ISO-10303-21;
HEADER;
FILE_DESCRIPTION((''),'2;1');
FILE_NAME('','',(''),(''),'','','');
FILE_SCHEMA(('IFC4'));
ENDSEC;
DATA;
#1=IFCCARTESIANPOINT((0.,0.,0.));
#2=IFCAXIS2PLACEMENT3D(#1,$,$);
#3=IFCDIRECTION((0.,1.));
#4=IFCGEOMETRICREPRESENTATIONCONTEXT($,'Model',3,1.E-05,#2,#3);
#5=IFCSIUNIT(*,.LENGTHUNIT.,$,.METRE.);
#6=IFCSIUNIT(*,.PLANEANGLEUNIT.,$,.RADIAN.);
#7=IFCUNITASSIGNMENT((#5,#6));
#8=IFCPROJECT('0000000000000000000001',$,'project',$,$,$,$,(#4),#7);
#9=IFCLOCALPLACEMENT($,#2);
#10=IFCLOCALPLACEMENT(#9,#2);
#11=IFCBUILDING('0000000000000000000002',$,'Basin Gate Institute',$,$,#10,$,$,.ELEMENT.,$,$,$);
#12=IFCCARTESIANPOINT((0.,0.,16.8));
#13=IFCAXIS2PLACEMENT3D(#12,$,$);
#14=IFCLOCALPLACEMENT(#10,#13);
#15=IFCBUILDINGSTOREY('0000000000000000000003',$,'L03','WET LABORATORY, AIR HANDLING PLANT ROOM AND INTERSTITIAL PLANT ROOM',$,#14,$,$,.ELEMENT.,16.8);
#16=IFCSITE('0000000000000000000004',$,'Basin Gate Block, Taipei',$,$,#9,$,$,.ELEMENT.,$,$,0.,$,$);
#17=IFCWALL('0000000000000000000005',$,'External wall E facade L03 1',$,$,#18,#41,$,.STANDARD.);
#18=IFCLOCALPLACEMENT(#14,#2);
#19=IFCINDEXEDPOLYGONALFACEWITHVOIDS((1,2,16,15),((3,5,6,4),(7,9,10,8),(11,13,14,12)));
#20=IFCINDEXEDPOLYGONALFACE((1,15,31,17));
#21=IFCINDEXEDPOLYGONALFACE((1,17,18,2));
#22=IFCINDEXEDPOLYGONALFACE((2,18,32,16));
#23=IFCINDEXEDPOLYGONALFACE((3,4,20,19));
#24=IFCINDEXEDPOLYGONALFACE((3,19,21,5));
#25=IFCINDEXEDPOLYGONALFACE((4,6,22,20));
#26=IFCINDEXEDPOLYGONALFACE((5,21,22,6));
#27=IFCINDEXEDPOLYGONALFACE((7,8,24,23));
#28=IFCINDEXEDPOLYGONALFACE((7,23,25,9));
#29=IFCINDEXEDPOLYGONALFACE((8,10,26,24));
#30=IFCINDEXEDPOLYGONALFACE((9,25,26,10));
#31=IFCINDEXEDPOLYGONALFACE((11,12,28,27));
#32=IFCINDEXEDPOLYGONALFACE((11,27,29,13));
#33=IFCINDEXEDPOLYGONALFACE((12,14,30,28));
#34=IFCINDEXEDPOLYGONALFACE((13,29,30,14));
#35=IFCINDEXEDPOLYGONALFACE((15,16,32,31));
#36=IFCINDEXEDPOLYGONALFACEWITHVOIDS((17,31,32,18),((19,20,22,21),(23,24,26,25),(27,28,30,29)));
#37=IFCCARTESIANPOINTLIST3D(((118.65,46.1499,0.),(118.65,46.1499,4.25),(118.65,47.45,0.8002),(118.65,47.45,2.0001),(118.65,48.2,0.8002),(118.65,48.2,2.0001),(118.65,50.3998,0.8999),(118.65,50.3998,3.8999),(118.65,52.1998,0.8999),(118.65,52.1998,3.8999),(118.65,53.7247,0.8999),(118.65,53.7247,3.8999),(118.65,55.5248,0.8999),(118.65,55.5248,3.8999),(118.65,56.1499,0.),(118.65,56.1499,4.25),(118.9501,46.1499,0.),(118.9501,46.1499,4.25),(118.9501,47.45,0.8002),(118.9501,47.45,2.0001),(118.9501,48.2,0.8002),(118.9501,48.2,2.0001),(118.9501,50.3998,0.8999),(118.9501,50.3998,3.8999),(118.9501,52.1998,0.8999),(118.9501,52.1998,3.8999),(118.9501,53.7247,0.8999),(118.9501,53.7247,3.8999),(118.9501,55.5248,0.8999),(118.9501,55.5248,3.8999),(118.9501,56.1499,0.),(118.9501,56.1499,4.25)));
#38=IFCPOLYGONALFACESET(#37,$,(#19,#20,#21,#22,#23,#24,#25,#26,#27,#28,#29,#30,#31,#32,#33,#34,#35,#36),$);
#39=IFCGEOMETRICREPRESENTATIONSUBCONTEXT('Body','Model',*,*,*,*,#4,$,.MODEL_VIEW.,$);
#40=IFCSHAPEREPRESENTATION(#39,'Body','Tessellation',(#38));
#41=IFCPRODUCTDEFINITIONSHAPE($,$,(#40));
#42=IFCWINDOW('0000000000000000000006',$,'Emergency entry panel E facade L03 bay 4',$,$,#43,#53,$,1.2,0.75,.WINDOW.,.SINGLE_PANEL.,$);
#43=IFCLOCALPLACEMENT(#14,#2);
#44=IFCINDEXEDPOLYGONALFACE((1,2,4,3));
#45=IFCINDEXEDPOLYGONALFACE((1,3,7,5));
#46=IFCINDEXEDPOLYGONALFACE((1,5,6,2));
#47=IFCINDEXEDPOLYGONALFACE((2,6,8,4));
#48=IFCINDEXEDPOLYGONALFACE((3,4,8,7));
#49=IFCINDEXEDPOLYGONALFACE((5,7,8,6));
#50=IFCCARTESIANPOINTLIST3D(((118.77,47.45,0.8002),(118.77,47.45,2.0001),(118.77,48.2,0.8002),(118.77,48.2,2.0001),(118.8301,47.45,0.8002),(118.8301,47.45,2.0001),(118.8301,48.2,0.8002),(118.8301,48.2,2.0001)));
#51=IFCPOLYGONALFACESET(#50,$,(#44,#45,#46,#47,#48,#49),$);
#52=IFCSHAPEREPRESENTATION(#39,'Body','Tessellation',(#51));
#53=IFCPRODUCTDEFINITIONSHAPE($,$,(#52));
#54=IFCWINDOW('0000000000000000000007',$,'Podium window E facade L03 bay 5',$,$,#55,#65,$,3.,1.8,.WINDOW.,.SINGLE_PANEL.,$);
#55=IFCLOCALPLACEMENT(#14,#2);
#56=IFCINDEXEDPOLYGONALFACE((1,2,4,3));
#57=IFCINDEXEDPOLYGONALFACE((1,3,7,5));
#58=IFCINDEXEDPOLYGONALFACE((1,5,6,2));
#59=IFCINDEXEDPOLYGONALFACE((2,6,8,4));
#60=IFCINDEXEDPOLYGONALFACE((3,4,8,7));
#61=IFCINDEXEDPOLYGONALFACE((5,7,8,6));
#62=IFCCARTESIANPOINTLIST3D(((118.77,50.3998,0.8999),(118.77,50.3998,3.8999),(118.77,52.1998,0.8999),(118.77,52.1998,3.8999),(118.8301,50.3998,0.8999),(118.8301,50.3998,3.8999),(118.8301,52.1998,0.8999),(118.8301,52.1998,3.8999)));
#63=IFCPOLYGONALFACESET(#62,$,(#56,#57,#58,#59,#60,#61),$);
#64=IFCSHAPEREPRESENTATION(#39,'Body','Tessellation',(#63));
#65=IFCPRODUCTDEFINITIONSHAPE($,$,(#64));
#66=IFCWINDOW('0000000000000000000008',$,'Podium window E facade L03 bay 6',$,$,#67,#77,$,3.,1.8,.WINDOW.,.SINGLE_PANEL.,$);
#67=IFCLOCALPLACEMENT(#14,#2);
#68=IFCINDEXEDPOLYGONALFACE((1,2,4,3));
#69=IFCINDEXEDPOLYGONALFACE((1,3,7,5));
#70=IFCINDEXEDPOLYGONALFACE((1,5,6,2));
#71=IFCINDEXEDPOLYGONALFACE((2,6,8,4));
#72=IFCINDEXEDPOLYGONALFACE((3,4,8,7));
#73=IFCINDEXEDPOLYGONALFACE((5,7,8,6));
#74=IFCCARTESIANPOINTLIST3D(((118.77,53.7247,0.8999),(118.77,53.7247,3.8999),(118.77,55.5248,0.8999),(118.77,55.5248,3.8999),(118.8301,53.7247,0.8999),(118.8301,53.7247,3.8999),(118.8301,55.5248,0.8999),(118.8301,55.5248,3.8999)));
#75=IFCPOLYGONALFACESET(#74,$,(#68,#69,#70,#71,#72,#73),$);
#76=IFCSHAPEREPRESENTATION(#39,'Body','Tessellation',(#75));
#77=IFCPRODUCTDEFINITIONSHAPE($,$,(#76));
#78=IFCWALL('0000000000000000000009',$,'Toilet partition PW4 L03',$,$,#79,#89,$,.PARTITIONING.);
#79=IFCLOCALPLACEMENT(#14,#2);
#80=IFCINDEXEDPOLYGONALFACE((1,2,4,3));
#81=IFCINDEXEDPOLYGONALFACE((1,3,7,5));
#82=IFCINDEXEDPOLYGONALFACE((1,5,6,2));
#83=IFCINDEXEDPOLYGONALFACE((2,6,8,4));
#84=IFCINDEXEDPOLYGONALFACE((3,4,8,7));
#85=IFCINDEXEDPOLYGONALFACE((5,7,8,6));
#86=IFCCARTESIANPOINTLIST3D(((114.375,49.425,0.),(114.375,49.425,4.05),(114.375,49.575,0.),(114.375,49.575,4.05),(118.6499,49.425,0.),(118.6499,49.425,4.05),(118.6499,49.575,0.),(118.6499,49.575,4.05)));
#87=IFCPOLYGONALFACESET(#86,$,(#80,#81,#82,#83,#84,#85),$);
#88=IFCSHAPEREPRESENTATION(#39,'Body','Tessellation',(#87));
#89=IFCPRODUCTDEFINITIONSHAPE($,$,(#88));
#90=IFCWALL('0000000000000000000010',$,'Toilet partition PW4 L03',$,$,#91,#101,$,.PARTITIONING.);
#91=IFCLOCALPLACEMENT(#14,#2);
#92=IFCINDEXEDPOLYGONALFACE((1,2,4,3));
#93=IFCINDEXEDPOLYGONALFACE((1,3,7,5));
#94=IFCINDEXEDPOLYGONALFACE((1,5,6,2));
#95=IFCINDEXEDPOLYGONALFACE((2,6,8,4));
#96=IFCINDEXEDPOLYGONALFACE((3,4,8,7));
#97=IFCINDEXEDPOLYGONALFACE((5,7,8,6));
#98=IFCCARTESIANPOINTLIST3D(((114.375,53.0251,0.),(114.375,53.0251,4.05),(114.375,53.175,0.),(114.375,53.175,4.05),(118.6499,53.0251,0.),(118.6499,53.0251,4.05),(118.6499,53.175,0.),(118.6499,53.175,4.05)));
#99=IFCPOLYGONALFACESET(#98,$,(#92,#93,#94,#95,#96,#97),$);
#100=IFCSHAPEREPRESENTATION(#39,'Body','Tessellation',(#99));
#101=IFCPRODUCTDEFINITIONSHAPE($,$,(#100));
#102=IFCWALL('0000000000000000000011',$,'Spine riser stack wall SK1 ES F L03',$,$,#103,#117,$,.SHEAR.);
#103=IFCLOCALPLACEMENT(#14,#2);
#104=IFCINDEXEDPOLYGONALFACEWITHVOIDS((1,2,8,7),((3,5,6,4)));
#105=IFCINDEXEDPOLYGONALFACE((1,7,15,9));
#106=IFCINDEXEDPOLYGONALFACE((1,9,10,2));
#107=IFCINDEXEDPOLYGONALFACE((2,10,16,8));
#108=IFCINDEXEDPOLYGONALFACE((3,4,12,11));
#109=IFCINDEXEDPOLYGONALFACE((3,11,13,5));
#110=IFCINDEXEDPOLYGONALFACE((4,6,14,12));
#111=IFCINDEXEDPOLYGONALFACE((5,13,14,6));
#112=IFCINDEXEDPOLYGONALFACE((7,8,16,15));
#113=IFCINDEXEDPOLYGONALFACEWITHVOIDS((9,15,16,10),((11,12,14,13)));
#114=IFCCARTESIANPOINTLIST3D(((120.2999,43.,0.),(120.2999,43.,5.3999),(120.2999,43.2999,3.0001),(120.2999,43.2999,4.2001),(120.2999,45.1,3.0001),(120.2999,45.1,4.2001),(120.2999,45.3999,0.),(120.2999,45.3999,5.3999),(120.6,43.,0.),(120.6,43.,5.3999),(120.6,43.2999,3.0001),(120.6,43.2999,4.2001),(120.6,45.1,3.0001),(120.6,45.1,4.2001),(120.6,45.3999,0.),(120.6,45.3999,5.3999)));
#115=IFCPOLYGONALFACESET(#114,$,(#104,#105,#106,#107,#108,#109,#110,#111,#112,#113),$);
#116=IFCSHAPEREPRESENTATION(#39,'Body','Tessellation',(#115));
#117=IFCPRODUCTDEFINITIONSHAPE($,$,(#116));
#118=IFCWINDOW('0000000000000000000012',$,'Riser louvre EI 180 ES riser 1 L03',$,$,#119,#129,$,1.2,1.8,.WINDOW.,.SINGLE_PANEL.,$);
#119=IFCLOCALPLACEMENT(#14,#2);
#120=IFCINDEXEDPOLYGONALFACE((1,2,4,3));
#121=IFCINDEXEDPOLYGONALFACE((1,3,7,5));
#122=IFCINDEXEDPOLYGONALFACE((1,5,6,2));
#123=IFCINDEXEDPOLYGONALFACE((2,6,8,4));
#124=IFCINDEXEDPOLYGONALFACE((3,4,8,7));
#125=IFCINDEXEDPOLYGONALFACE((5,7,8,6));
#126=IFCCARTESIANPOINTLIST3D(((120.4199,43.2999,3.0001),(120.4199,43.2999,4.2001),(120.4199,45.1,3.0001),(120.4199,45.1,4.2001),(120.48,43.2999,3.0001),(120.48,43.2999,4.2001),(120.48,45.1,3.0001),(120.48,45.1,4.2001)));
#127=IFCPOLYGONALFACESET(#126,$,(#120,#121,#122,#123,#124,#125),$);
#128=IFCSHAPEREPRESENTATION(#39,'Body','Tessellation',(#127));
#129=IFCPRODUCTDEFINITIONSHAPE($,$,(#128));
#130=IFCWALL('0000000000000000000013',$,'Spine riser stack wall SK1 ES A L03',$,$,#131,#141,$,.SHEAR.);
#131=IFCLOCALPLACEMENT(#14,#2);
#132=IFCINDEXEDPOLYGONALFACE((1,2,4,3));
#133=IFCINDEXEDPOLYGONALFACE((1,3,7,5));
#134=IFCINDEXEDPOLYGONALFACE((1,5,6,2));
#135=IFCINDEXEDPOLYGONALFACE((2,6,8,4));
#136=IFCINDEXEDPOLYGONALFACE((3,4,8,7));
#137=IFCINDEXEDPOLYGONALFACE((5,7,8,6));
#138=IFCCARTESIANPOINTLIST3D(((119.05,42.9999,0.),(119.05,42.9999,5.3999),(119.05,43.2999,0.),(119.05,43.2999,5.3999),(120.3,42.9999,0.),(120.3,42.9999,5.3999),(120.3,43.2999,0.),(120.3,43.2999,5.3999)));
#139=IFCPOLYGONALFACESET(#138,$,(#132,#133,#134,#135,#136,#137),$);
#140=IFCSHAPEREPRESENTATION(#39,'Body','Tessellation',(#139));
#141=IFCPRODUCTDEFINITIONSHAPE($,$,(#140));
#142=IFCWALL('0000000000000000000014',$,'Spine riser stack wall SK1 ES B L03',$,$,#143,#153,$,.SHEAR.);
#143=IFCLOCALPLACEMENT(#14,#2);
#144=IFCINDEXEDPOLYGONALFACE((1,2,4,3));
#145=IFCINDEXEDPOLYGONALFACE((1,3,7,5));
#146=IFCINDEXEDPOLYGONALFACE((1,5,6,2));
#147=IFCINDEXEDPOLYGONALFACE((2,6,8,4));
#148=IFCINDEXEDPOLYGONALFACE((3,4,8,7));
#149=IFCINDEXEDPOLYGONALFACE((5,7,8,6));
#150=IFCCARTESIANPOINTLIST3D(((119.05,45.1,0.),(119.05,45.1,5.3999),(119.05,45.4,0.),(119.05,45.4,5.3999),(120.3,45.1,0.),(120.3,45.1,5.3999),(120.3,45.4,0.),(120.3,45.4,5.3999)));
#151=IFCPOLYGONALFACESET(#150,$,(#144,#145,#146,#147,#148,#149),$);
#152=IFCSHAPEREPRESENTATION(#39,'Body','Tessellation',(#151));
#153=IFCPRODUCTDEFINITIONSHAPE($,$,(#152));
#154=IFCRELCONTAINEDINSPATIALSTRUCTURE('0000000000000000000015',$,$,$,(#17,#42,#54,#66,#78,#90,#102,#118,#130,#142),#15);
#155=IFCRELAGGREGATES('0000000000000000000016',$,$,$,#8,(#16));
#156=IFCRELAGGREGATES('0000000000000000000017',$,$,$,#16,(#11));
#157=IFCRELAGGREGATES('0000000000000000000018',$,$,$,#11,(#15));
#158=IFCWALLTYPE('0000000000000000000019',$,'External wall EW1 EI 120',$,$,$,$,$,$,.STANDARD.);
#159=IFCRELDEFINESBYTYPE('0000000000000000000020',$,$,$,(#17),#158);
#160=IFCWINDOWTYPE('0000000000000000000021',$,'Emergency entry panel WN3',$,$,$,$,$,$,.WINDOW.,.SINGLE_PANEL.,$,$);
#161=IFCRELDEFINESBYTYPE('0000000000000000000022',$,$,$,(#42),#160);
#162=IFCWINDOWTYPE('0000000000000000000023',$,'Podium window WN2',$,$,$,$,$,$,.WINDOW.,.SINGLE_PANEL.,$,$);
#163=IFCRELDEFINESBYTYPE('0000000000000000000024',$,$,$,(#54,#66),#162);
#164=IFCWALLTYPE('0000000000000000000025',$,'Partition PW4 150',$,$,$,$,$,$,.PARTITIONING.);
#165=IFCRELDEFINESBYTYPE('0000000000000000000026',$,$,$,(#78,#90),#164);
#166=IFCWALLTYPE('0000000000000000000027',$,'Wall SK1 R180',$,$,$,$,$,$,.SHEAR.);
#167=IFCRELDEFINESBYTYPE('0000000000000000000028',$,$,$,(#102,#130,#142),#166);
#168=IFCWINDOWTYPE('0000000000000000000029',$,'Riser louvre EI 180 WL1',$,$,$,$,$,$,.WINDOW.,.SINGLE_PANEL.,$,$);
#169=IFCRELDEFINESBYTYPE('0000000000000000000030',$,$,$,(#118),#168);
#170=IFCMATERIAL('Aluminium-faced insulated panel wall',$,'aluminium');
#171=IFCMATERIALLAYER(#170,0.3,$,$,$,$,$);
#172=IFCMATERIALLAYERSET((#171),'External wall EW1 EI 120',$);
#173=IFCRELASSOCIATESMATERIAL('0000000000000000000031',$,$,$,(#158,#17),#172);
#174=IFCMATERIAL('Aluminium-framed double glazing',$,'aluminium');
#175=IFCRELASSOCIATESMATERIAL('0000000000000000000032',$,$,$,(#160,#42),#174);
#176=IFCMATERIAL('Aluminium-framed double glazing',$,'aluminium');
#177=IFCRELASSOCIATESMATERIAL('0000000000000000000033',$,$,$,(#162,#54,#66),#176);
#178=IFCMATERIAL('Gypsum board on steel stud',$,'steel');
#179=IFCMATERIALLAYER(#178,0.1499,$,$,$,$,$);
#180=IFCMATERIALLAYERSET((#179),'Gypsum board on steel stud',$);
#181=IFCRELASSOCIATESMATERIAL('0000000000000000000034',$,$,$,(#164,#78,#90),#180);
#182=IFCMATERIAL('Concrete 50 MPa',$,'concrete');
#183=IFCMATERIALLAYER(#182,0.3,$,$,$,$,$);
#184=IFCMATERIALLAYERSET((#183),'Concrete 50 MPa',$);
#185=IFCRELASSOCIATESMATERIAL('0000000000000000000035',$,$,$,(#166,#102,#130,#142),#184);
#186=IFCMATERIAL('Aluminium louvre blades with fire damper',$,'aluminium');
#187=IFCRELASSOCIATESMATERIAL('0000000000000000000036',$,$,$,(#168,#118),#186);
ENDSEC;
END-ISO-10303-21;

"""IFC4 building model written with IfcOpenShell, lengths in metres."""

from ifc_helpers import new_model, si_unit, direction, frame, frame_2d, origin, place, context, subcontext, project, spatial, rectangle, extrude, material, layer, layer_set, type_object, element, fill, save


model = new_model("IFC4")

# Units and contexts
model_context = context("Model", 3, precision=1e-05, world=origin(), true_north=direction((0.0, 1.0)))
body_context = subcontext(model_context, "Body", "Model", "MODEL_VIEW")
ifc_project = project(units=[si_unit("LENGTHUNIT", "METRE"), si_unit("PLANEANGLEUNIT", "RADIAN")], contexts=[model_context])

# Site, building, storey
site_placement = place(None, origin())
site = spatial("IfcSite", under=ifc_project, at=site_placement, Name="Basin Gate Block, Taipei", CompositionType="ELEMENT", RefElevation=0.0)
building_placement = place(site_placement, origin())
building = spatial("IfcBuilding", under=site, at=building_placement, Name="Basin Gate Institute", CompositionType="ELEMENT")
storey_placement = place(building_placement, frame((0.0, 0.0, 16.8)))
storey = spatial("IfcBuildingStorey", under=building, at=storey_placement, Name="L03", Description="WET LABORATORY, AIR HANDLING PLANT ROOM AND INTERSTITIAL PLANT ROOM", CompositionType="ELEMENT", Elevation=16.8)

# Wall, openings, windows
ifc_material_1 = material(Name="Aluminium-faced insulated panel wall", Category="aluminium")
ifc_layer_1 = layer(ifc_material_1, 0.3)
ifc_layer_set_1 = layer_set([ifc_layer_1], Name="External wall EW1 EI 120")
wall_type_1 = type_object("IfcWallType", Name="External wall EW1 EI 120", PredefinedType="STANDARD", material=ifc_layer_set_1)
wall_1_placement = place(storey_placement, frame((118.8, 46.1499, 0.0), z_axis=(0.0, 0.0, 1.0), x_axis=(0.0, 1.0, 0.0)))
wall_1 = element("IfcWall", 1, at=wall_1_placement, inside=storey, type_object=wall_type_1, material=ifc_layer_set_1, Name="External wall E facade L03 1", PredefinedType="STANDARD", context=body_context, shape_type="SweptSolid", body=[
    extrude(rectangle(XDim=10.0, YDim=0.3, at=frame_2d((5.0, 0.0))), origin(), (0.0, 0.0, 1.0), 4.25),
])
opening_1_placement = place(wall_1_placement, frame((1.3, 0.0, 0.8)))
opening_1 = element("IfcOpeningElement", 2, at=opening_1_placement, cuts=wall_1, PredefinedType="OPENING", context=body_context, shape_type="SweptSolid", body=[
    extrude(rectangle(XDim=0.75, YDim=1.2, at=frame_2d((0.375, 0.6001))), frame((0.0, 0.1602, 0.0), z_axis=(0.0, -1.0, 0.0), x_axis=(1.0, 0.0, 0.0)), (0.0, 0.0, 1.0), 0.3201),
])
opening_2_placement = place(wall_1_placement, frame((4.25, 0.0, 0.8999)))
opening_2 = element("IfcOpeningElement", 3, at=opening_2_placement, cuts=wall_1, PredefinedType="OPENING", context=body_context, shape_type="SweptSolid", body=[
    extrude(rectangle(XDim=1.8, YDim=3.0, at=frame_2d((0.8999, 1.5))), frame((0.0, 0.1602, 0.0), z_axis=(0.0, -1.0, 0.0), x_axis=(1.0, 0.0, 0.0)), (0.0, 0.0, 1.0), 0.3201),
])
opening_3_placement = place(wall_1_placement, frame((7.575, 0.0, 0.8999)))
opening_3 = element("IfcOpeningElement", 4, at=opening_3_placement, cuts=wall_1, PredefinedType="OPENING", context=body_context, shape_type="SweptSolid", body=[
    extrude(rectangle(XDim=1.8, YDim=3.0, at=frame_2d((0.8999, 1.5))), frame((0.0, 0.1602, 0.0), z_axis=(0.0, -1.0, 0.0), x_axis=(1.0, 0.0, 0.0)), (0.0, 0.0, 1.0), 0.3201),
])
ifc_material_2 = material(Name="Aluminium-framed double glazing", Category="aluminium")
window_type_1 = type_object("IfcWindowType", Name="Emergency entry panel WN3", PartitioningType="SINGLE_PANEL", PredefinedType="WINDOW", material=ifc_material_2)
window_1_placement = place(opening_1_placement, origin())
window_1 = element("IfcWindow", 5, at=window_1_placement, inside=storey, type_object=window_type_1, material=ifc_material_2, Name="Emergency entry panel E facade L03 bay 4", OverallHeight=1.2, OverallWidth=0.75, PartitioningType="SINGLE_PANEL", PredefinedType="WINDOW", context=body_context, shape_type="SweptSolid", body=[
    extrude(rectangle(XDim=0.75, YDim=1.2, at=frame_2d((0.375, 0.6001))), frame((0.0, 0.03, 0.0), z_axis=(0.0, -1.0, 0.0), x_axis=(1.0, 0.0, 0.0)), (0.0, 0.0, 1.0), 0.0601),
])
fill(opening_1, window_1)
ifc_material_3 = material(Name="Aluminium-framed double glazing", Category="aluminium")
window_type_2 = type_object("IfcWindowType", Name="Podium window WN2", PartitioningType="SINGLE_PANEL", PredefinedType="WINDOW", material=ifc_material_3)
window_2_placement = place(opening_2_placement, origin())
window_2 = element("IfcWindow", 6, at=window_2_placement, inside=storey, type_object=window_type_2, material=ifc_material_3, Name="Podium window E facade L03 bay 5", OverallHeight=3.0, OverallWidth=1.8, PartitioningType="SINGLE_PANEL", PredefinedType="WINDOW", context=body_context, shape_type="SweptSolid", body=[
    extrude(rectangle(XDim=1.8, YDim=3.0, at=frame_2d((0.8999, 1.5))), frame((0.0, 0.03, 0.0), z_axis=(0.0, -1.0, 0.0), x_axis=(1.0, 0.0, 0.0)), (0.0, 0.0, 1.0), 0.0601),
])
fill(opening_2, window_2)
window_3_placement = place(opening_3_placement, origin())
window_3 = element("IfcWindow", 7, at=window_3_placement, inside=storey, type_object=window_type_2, material=ifc_material_3, Name="Podium window E facade L03 bay 6", OverallHeight=3.0, OverallWidth=1.8, PartitioningType="SINGLE_PANEL", PredefinedType="WINDOW", context=body_context, shape_type="SweptSolid", body=[
    extrude(rectangle(XDim=1.8, YDim=3.0, at=frame_2d((0.8999, 1.5))), frame((0.0, 0.03, 0.0), z_axis=(0.0, -1.0, 0.0), x_axis=(1.0, 0.0, 0.0)), (0.0, 0.0, 1.0), 0.0601),
])
fill(opening_3, window_3)

# Walls
ifc_material_4 = material(Name="Gypsum board on steel stud", Category="steel")
ifc_layer_2 = layer(ifc_material_4, 0.1499)
ifc_layer_set_2 = layer_set([ifc_layer_2], Name="Gypsum board on steel stud")
wall_type_2 = type_object("IfcWallType", Name="Partition PW4 150", PredefinedType="PARTITIONING", material=ifc_layer_set_2)
for number, where, z_axis, x_axis, name in (
    (8, (118.6499, 49.5, 0.0), (0.0, 0.0, 1.0), (-1.0, 0.0, 0.0), "Toilet partition PW4 L03"),
    (9, (118.6499, 53.1001, 0.0), (0.0, 0.0, 1.0), (-1.0, 0.0, 0.0), "Toilet partition PW4 L03"),
):
    element("IfcWall", number, at=place(storey_placement, frame(where, z_axis=z_axis, x_axis=x_axis)), inside=storey, type_object=wall_type_2, material=ifc_layer_set_2, Name=name, PredefinedType="PARTITIONING", context=body_context, shape_type="SweptSolid", body=[
        extrude(rectangle(XDim=4.2749, YDim=0.1499, at=frame_2d((2.1375, 0.0))), origin(), (0.0, 0.0, 1.0), 4.05),
    ])

# Wall, opening, window
ifc_material_5 = material(Name="Concrete 50 MPa", Category="concrete")
ifc_layer_3 = layer(ifc_material_5, 0.3)
ifc_layer_set_3 = layer_set([ifc_layer_3], Name="Concrete 50 MPa")
wall_type_3 = type_object("IfcWallType", Name="Wall SK1 R180", PredefinedType="SHEAR", material=ifc_layer_set_3)
wall_2_placement = place(storey_placement, frame((120.45, 43.0, 0.0), z_axis=(0.0, 0.0, 1.0), x_axis=(0.0, 1.0, 0.0)))
wall_2 = element("IfcWall", 10, at=wall_2_placement, inside=storey, type_object=wall_type_3, material=ifc_layer_set_3, Name="Spine riser stack wall SK1 ES F L03", PredefinedType="SHEAR", context=body_context, shape_type="SweptSolid", body=[
    extrude(rectangle(XDim=2.3999, YDim=0.3, at=frame_2d((1.2, 0.0))), origin(), (0.0, 0.0, 1.0), 5.3999),
])
opening_4_placement = place(wall_2_placement, frame((0.3, 0.0, 3.0)))
opening_4 = element("IfcOpeningElement", 11, at=opening_4_placement, cuts=wall_2, PredefinedType="OPENING", context=body_context, shape_type="SweptSolid", body=[
    extrude(rectangle(XDim=1.8, YDim=1.2, at=frame_2d((0.8999, 0.6001))), frame((0.0, 0.1602, 0.0), z_axis=(0.0, -1.0, 0.0), x_axis=(1.0, 0.0, 0.0)), (0.0, 0.0, 1.0), 0.3201),
])
ifc_material_6 = material(Name="Aluminium louvre blades with fire damper", Category="aluminium")
window_type_3 = type_object("IfcWindowType", Name="Riser louvre EI 180 WL1", PartitioningType="SINGLE_PANEL", PredefinedType="WINDOW", material=ifc_material_6)
window_4_placement = place(opening_4_placement, origin())
window_4 = element("IfcWindow", 12, at=window_4_placement, inside=storey, type_object=window_type_3, material=ifc_material_6, Name="Riser louvre EI 180 ES riser 1 L03", OverallHeight=1.2, OverallWidth=1.8, PartitioningType="SINGLE_PANEL", PredefinedType="WINDOW", context=body_context, shape_type="SweptSolid", body=[
    extrude(rectangle(XDim=1.8, YDim=1.2, at=frame_2d((0.8999, 0.6001))), frame((0.0, 0.03, 0.0), z_axis=(0.0, -1.0, 0.0), x_axis=(1.0, 0.0, 0.0)), (0.0, 0.0, 1.0), 0.0601),
])
fill(opening_4, window_4)

# Walls
for number, where, z_axis, x_axis, name in (
    (13, (119.05, 43.1499, 0.0), (0.0, 0.0, 1.0), (1.0, 0.0, 0.0), "Spine riser stack wall SK1 ES A L03"),
    (14, (119.05, 45.25, 0.0), (0.0, 0.0, 1.0), (1.0, 0.0, 0.0), "Spine riser stack wall SK1 ES B L03"),
):
    element("IfcWall", number, at=place(storey_placement, frame(where, z_axis=z_axis, x_axis=x_axis)), inside=storey, type_object=wall_type_3, material=ifc_layer_set_3, Name=name, PredefinedType="SHEAR", context=body_context, shape_type="SweptSolid", body=[
        extrude(rectangle(XDim=1.25, YDim=0.3, at=frame_2d((0.625, 0.0))), origin(), (0.0, 0.0, 1.0), 5.3999),
    ])

save(model, "model.ifc")
